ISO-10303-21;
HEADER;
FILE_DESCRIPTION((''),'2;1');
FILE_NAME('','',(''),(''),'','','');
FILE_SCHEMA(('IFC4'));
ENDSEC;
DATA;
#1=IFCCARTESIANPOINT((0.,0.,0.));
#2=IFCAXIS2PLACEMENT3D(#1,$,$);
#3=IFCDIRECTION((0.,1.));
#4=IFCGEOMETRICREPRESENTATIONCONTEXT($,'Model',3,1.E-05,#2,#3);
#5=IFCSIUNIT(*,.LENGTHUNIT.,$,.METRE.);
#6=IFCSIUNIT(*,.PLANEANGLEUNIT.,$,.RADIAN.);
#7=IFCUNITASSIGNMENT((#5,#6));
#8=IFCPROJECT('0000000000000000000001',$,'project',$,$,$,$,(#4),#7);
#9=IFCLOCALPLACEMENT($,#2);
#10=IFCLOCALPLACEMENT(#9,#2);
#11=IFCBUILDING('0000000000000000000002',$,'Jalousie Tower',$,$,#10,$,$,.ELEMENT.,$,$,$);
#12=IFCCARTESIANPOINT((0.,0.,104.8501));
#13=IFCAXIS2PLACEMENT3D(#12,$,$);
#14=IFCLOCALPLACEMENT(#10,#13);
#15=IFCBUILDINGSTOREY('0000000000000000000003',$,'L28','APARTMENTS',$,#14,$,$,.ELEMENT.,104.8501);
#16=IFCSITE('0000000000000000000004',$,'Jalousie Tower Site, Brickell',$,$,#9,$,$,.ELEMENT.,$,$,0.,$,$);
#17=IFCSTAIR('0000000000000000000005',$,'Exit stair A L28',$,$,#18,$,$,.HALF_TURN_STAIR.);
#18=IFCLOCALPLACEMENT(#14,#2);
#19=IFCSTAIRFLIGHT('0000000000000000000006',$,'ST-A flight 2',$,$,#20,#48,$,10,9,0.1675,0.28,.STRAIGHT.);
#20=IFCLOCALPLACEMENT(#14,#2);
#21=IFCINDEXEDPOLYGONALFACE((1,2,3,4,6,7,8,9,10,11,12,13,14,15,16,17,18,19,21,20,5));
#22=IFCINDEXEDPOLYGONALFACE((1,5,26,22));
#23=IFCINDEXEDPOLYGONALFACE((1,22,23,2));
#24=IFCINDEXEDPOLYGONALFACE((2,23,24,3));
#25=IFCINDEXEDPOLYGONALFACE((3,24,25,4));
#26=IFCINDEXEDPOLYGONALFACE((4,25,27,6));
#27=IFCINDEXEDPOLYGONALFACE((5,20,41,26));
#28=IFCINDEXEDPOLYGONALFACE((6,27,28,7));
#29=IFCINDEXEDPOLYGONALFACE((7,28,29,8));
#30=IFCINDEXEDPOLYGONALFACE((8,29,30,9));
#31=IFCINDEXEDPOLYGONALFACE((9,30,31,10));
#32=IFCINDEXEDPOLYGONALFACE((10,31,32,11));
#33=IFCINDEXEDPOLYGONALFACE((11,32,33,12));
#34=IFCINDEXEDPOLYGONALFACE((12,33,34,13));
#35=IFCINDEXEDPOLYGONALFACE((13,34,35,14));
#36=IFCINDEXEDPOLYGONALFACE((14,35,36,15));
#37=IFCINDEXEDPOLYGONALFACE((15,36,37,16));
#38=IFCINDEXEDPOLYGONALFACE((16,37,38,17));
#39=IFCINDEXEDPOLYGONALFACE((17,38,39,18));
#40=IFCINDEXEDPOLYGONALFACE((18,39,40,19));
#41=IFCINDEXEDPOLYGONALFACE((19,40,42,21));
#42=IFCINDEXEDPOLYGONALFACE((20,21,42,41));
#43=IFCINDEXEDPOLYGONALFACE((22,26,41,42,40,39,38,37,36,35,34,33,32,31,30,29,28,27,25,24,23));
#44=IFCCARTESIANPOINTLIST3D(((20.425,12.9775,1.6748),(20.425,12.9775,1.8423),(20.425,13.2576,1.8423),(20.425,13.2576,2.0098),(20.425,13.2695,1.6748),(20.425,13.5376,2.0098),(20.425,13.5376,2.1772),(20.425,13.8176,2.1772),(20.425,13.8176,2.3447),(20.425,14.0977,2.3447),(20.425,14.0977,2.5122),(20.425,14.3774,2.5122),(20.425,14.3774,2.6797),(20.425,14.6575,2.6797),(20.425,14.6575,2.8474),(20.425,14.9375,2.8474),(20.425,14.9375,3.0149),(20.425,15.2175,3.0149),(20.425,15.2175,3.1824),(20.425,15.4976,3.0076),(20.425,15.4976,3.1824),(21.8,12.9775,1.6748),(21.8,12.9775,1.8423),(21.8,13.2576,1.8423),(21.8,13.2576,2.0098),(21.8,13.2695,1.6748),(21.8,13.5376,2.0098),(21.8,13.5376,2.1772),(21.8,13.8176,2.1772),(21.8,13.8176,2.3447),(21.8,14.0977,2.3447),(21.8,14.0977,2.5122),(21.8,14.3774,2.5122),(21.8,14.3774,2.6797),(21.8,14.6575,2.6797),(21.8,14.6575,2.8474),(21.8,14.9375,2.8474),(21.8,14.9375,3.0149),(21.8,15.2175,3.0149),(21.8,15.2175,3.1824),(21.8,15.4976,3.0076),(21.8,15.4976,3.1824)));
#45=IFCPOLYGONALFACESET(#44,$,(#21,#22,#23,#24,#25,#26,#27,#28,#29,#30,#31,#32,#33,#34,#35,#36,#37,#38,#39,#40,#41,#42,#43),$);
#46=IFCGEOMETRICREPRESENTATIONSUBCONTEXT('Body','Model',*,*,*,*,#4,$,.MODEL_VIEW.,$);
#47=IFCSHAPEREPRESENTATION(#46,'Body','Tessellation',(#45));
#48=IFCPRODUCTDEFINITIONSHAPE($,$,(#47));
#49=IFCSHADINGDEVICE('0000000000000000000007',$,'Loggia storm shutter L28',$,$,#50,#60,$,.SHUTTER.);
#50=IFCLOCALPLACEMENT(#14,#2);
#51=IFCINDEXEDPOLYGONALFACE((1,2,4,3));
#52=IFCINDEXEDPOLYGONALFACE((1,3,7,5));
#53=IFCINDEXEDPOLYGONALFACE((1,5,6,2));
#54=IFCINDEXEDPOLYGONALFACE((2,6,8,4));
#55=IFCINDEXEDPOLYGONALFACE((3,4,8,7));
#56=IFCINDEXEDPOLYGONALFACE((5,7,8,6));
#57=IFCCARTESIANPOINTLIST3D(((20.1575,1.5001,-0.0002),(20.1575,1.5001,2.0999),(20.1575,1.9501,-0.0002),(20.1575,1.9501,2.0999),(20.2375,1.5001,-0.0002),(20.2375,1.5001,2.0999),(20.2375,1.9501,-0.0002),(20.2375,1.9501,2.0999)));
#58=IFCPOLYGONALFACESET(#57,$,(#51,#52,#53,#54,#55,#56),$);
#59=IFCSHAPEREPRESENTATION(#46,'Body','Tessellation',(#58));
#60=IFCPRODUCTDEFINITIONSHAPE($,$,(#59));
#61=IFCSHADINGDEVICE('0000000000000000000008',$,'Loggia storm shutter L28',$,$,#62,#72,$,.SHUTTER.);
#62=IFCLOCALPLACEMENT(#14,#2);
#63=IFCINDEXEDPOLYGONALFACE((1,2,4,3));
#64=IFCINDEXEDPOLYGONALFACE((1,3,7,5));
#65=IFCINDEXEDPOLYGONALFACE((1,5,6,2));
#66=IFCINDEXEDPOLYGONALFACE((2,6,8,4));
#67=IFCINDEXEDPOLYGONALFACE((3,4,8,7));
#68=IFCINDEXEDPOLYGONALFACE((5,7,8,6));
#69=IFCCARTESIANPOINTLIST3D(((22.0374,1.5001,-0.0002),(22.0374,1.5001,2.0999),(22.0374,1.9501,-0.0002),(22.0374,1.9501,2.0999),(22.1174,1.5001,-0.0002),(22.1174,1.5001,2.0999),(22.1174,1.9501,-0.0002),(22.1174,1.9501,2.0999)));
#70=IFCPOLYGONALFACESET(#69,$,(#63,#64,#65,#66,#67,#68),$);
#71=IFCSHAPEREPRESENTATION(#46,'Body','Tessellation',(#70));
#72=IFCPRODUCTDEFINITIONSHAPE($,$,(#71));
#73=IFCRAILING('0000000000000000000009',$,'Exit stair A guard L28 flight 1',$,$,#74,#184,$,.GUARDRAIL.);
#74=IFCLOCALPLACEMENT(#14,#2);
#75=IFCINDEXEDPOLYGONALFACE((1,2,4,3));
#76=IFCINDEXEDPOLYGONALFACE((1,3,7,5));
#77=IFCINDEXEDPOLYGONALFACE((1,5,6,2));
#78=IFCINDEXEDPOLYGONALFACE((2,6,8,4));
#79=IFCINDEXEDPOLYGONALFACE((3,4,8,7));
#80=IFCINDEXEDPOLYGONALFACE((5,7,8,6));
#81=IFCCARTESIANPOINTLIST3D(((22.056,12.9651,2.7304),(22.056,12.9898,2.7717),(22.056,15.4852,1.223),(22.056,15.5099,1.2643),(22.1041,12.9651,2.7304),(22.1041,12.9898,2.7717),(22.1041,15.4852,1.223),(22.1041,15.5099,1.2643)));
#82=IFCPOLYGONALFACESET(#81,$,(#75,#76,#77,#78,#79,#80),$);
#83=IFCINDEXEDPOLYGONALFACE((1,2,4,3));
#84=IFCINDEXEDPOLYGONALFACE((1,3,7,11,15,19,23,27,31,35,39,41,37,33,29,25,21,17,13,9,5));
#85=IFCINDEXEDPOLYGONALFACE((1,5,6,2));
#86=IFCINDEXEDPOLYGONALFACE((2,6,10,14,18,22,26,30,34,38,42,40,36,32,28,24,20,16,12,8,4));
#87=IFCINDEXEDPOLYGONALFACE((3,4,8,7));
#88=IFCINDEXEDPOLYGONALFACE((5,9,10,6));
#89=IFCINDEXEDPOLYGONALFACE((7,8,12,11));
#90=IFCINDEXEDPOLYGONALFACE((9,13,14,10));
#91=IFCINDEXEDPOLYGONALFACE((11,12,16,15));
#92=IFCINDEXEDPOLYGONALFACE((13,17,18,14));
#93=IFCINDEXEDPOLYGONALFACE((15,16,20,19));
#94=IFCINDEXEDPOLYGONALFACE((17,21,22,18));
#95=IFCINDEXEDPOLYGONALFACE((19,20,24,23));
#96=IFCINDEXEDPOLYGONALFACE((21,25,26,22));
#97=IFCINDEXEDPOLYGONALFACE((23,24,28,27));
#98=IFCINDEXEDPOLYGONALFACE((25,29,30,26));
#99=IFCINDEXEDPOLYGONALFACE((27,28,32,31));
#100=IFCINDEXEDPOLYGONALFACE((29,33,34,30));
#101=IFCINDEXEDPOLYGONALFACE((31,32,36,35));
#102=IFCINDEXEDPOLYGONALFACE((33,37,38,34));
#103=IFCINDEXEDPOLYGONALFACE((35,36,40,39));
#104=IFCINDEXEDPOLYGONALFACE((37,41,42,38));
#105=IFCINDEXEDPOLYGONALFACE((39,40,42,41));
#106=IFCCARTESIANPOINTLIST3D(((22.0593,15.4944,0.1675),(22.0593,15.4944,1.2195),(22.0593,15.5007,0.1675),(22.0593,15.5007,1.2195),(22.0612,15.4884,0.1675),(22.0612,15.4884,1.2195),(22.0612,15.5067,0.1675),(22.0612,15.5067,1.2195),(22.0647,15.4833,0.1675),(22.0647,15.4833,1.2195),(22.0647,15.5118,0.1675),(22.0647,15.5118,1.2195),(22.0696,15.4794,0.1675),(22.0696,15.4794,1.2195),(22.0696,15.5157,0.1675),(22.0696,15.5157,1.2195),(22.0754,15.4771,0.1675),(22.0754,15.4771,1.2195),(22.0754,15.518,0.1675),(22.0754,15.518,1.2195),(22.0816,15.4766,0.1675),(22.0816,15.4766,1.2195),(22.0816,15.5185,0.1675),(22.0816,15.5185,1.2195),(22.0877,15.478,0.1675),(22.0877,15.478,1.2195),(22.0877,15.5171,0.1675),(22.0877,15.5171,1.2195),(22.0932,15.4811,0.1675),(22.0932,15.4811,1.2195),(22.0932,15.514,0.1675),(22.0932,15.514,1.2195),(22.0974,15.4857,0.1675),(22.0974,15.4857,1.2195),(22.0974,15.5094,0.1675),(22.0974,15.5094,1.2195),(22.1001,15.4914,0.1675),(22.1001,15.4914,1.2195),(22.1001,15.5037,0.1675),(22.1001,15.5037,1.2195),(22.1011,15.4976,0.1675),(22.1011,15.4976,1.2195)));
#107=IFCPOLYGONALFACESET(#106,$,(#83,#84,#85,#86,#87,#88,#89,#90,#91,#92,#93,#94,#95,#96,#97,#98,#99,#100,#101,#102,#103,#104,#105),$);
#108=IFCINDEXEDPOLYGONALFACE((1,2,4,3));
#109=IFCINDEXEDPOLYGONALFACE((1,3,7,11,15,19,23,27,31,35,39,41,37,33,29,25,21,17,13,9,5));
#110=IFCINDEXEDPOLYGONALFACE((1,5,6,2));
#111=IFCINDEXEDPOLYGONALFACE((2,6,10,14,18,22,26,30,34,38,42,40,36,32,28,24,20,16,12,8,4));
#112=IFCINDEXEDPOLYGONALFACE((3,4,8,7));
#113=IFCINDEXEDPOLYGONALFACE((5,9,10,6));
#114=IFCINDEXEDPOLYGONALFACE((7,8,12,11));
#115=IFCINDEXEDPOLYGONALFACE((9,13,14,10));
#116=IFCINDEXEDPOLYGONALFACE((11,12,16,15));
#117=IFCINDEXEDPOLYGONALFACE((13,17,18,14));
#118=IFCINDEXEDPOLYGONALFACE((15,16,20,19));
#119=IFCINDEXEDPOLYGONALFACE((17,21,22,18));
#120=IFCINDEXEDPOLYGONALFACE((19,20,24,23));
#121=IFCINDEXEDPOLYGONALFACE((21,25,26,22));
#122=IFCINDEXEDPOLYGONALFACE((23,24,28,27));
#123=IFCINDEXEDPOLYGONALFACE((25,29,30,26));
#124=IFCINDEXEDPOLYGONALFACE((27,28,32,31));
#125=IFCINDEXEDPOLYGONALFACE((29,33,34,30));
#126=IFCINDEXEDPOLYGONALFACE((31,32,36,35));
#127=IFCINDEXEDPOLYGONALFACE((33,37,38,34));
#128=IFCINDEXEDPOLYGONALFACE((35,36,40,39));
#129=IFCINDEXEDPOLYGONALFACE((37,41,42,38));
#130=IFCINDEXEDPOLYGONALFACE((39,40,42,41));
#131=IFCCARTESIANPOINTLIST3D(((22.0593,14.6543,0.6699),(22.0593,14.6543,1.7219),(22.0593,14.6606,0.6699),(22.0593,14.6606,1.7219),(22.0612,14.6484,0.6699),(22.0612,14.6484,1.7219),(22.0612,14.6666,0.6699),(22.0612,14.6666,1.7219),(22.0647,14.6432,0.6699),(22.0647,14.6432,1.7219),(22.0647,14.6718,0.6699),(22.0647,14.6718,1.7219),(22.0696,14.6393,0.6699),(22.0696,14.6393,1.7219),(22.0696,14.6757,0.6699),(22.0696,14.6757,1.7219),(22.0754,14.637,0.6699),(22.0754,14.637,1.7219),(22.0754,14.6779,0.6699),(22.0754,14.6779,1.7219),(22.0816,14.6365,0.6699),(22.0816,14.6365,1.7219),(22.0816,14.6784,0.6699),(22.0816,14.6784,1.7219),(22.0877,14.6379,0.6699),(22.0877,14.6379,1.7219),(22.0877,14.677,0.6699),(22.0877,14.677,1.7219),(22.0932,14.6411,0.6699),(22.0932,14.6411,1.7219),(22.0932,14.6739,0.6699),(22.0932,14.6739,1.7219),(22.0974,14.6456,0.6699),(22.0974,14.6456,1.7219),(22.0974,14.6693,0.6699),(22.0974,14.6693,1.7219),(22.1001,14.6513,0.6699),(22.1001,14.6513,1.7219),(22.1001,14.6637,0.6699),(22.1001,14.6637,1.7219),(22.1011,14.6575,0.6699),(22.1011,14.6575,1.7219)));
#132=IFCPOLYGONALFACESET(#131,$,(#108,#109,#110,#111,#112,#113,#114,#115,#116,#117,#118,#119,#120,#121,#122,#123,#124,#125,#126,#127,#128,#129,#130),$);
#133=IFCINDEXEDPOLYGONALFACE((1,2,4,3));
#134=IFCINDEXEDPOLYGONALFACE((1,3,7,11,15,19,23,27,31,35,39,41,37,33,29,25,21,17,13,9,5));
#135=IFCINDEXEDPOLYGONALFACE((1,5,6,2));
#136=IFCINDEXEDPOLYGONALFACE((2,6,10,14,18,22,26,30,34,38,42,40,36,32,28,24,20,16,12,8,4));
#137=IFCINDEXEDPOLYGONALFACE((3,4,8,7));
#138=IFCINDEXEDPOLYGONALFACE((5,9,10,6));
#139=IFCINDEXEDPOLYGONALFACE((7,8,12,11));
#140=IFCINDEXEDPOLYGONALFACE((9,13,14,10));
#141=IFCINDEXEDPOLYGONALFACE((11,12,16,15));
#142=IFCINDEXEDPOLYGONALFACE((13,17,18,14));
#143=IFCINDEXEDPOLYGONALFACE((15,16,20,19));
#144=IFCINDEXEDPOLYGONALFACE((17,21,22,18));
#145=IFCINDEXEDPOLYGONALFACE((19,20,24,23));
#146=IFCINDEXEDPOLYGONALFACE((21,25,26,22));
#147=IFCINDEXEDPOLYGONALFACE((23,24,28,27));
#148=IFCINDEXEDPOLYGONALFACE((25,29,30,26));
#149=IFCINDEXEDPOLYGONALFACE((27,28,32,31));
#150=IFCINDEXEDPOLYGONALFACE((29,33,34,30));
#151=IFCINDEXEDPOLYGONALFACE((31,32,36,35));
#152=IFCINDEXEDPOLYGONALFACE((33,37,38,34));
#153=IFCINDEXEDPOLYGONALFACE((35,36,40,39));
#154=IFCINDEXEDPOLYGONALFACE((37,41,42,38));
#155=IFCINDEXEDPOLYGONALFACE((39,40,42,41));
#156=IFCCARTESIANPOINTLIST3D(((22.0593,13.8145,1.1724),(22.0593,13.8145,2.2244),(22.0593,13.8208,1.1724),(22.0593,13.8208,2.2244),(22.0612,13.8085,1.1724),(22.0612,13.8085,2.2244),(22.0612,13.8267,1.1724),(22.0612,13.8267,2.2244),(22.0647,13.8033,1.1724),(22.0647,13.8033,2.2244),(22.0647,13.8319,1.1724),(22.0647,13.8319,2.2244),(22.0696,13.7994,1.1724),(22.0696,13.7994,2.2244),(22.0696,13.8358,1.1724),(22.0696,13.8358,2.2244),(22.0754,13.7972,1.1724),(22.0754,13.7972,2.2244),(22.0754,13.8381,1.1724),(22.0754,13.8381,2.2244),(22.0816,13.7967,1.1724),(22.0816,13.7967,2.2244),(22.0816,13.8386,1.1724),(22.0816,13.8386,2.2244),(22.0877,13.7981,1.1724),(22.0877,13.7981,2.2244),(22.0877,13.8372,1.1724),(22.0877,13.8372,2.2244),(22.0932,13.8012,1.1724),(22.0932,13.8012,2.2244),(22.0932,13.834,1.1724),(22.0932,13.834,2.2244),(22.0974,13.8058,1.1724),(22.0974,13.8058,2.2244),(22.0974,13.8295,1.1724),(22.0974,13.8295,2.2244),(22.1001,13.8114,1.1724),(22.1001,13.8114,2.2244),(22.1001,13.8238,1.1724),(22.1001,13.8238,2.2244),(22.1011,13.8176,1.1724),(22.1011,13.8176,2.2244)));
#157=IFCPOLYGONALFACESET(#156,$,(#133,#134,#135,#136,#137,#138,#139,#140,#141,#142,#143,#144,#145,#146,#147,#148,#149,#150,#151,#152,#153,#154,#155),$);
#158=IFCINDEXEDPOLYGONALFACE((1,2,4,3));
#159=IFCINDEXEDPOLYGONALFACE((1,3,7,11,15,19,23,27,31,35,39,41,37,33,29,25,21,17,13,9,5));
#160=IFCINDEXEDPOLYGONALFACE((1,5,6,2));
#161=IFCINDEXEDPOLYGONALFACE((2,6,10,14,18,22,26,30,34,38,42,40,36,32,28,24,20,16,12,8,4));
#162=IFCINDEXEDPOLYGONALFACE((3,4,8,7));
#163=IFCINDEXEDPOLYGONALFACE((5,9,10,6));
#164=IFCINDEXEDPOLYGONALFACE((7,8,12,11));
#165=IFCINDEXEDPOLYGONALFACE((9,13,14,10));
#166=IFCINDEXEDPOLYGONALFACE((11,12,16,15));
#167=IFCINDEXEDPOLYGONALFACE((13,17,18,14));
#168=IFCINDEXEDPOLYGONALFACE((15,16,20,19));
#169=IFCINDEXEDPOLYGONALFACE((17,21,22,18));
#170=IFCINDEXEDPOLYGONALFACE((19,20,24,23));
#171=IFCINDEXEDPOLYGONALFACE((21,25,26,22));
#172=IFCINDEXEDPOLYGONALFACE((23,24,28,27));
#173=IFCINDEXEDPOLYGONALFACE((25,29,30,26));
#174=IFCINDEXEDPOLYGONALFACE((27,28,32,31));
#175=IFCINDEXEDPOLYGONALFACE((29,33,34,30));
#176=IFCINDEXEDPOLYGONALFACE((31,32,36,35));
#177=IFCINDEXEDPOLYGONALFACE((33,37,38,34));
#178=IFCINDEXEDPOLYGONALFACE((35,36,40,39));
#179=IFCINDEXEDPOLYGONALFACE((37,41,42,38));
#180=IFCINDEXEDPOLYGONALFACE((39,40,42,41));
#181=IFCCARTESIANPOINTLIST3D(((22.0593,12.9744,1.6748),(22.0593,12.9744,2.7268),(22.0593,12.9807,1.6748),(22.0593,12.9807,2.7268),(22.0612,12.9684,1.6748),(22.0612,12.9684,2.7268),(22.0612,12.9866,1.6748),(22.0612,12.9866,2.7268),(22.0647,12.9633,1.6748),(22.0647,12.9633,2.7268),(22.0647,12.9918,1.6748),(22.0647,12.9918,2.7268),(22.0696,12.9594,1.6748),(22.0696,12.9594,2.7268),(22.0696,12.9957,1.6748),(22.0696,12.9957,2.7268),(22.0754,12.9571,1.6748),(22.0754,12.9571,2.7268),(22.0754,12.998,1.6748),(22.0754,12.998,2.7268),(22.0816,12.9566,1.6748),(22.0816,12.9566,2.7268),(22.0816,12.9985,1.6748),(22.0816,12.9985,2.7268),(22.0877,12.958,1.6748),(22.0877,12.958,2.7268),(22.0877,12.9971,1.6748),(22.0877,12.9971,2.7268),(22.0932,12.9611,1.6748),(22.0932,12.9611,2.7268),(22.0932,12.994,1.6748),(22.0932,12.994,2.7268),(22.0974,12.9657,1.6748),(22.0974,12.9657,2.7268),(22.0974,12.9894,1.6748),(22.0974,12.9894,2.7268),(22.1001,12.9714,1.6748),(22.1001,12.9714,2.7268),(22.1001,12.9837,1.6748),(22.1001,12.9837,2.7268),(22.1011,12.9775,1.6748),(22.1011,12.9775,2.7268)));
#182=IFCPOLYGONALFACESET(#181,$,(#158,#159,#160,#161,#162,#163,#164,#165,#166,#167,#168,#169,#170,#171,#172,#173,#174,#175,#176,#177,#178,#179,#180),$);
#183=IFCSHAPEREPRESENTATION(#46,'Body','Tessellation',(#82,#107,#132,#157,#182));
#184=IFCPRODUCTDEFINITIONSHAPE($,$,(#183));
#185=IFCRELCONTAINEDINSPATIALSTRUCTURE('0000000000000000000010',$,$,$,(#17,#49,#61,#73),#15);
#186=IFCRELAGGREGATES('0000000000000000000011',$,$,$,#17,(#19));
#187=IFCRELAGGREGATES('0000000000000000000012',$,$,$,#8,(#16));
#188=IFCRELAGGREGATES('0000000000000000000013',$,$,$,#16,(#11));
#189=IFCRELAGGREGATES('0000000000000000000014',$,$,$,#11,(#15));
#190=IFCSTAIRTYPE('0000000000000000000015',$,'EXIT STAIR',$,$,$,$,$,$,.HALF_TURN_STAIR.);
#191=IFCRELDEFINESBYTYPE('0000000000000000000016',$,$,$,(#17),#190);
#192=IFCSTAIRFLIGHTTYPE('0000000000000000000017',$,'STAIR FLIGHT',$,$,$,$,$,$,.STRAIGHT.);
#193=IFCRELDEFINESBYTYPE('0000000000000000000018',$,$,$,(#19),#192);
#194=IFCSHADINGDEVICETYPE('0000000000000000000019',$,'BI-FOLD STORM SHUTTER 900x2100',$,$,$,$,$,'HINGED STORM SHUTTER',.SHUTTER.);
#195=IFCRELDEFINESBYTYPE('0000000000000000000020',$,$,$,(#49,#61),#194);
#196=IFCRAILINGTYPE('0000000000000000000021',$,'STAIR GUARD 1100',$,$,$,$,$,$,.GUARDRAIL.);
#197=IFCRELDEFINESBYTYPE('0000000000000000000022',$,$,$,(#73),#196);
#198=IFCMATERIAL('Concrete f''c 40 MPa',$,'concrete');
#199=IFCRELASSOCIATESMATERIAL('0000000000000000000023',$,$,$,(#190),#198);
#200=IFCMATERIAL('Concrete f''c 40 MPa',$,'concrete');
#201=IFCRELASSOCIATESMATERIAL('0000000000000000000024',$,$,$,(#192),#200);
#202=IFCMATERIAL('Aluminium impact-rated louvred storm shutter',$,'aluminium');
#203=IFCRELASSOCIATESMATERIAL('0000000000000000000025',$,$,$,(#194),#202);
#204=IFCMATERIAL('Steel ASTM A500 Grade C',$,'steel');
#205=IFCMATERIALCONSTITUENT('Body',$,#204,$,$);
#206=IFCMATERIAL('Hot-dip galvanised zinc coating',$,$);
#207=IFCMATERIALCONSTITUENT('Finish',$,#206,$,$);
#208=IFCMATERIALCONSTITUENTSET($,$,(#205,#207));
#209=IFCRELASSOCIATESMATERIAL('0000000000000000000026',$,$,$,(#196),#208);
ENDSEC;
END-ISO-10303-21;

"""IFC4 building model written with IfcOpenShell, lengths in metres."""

from ifc_helpers import new_model, si_unit, direction, frame, origin, origin_2d, place, context, subcontext, project, spatial, polyline, rectangle, circle, outline, extrude, material, constituent, constituent_set, type_object, element, aggregate, save


model = new_model("IFC4")

# Units and contexts
model_context = context("Model", 3, precision=1e-05, world=origin(), true_north=direction((0.0, 1.0)))
body_context = subcontext(model_context, "Body", "Model", "MODEL_VIEW")
ifc_project = project(units=[si_unit("LENGTHUNIT", "METRE"), si_unit("PLANEANGLEUNIT", "RADIAN")], contexts=[model_context])

# Site, building, storey
site_placement = place(None, origin())
site = spatial("IfcSite", under=ifc_project, at=site_placement, Name="Jalousie Tower Site, Brickell", CompositionType="ELEMENT", RefElevation=0.0)
building_placement = place(site_placement, origin())
building = spatial("IfcBuilding", under=site, at=building_placement, Name="Jalousie Tower", CompositionType="ELEMENT")
storey_placement = place(building_placement, frame((0.0, 0.0, 104.8501)))
storey = spatial("IfcBuildingStorey", under=building, at=storey_placement, Name="L28", Description="APARTMENTS", CompositionType="ELEMENT", Elevation=104.8501)

# Stair, stair flight
ifc_material_1 = material(Name="Concrete f'c 40 MPa", Category="concrete")
stair_type = type_object("IfcStairType", Name="EXIT STAIR", PredefinedType="HALF_TURN_STAIR", material=ifc_material_1)
stair_placement = place(storey_placement, origin())
stair = element("IfcStair", 1, at=stair_placement, inside=storey, type_object=stair_type, Name="Exit stair A L28", PredefinedType="HALF_TURN_STAIR")
ifc_material_2 = material(Name="Concrete f'c 40 MPa", Category="concrete")
stair_flight_type = type_object("IfcStairFlightType", Name="STAIR FLIGHT", PredefinedType="STRAIGHT", material=ifc_material_2)
stair_flight_placement = place(storey_placement, frame((21.1125, 12.9775, 1.6748), z_axis=(0.0, 0.0, 1.0), x_axis=(0.0, 1.0, 0.0)))
stair_flight = element("IfcStairFlight", 2, at=stair_flight_placement, type_object=stair_flight_type, Name="ST-A flight 2", NumberOfRisers=10, NumberOfTreads=9, PredefinedType="STRAIGHT", RiserHeight=0.1675, TreadLength=0.28, context=body_context, shape_type="SweptSolid", body=[
    extrude(outline(polyline([(0.0, 0.0), (0.0, 0.1675), (0.28, 0.1675), (0.28, 0.335), (0.5601, 0.335), (0.5601, 0.5024), (0.8401, 0.5024), (0.8401, 0.6699), (1.1201, 0.6699), (1.1201, 0.8374), (1.3999, 0.8374), (1.3999, 1.0049), (1.6799, 1.0049), (1.6799, 1.1726), (1.96, 1.1726), (1.96, 1.3401), (2.24, 1.3401), (2.24, 1.5076), (2.52, 1.5076), (2.52, 1.675), (2.52, 1.3328), (0.292, 0.0), (0.0, 0.0)])), frame((0.0, 0.6875, 0.0), z_axis=(0.0, -1.0, 0.0), x_axis=(1.0, 0.0, 0.0)), (0.0, 0.0, 1.0), 1.375),
])
aggregate(stair, [stair_flight])

# Shading devices
ifc_material_3 = material(Name="Aluminium impact-rated louvred storm shutter", Category="aluminium")
shading_device_type = type_object("IfcShadingDeviceType", Name="BI-FOLD STORM SHUTTER 900x2100", ElementType="HINGED STORM SHUTTER", PredefinedType="SHUTTER", material=ifc_material_3)
for number, where, z_axis, x_axis, name in (
    (3, (20.1975, 1.7251, -0.0002), (0.0, 0.0, 1.0), (0.0, 1.0, 0.0), "Loggia storm shutter L28"),
    (4, (22.0774, 1.7251, -0.0002), (0.0, 0.0, 1.0), (0.0, 1.0, 0.0), "Loggia storm shutter L28"),
):
    element("IfcShadingDevice", number, at=place(storey_placement, frame(where, z_axis=z_axis, x_axis=x_axis)), inside=storey, type_object=shading_device_type, Name=name, PredefinedType="SHUTTER", context=body_context, shape_type="SweptSolid", body=[
        extrude(rectangle(XDim=0.45, YDim=0.0801, at=origin_2d()), origin(), (0.0, 0.0, 1.0), 2.1001),
    ])

# Railing
ifc_material_4 = material(Name="Steel ASTM A500 Grade C", Category="steel")
ifc_constituent_1 = constituent(ifc_material_4, Name="Body")
ifc_material_5 = material(Name="Hot-dip galvanised zinc coating")
ifc_constituent_2 = constituent(ifc_material_5, Name="Finish")
ifc_constituent_set_1 = constituent_set(constituents=[ifc_constituent_1, ifc_constituent_2])
railing_type_1 = type_object("IfcRailingType", Name="STAIR GUARD 1100", PredefinedType="GUARDRAIL", material=ifc_constituent_set_1)
railing_1_placement = place(storey_placement, frame((22.0801, 15.4976, 0.1675)))
element("IfcRailing", 5, at=railing_1_placement, inside=storey, type_object=railing_type_1, Name="Exit stair A guard L28 flight 1", PredefinedType="GUARDRAIL", context=body_context, shape_type="SweptSolid", body=[
    extrude(rectangle(XDim=0.0481, YDim=0.0481, at=origin_2d()), frame((0.0, 0.0, 1.0762), z_axis=(0.0, -0.858196, 0.513321), x_axis=(1.0, 0.0, 0.0)), (0.0, 0.0, 1.0), 2.9365),
    extrude(circle(Radius=0.021, at=origin_2d()), origin(), (0.0, 0.0, 1.0), 1.052),
    extrude(circle(Radius=0.021, at=origin_2d()), frame((0.0, -0.8401, 0.5024)), (0.0, 0.0, 1.0), 1.052),
    extrude(circle(Radius=0.021, at=origin_2d()), frame((0.0, -1.6799, 1.0049)), (0.0, 0.0, 1.0), 1.052),
    extrude(circle(Radius=0.021, at=origin_2d()), frame((0.0, -2.52, 1.5073)), (0.0, 0.0, 1.0), 1.052),
])

save(model, "model.ifc")
